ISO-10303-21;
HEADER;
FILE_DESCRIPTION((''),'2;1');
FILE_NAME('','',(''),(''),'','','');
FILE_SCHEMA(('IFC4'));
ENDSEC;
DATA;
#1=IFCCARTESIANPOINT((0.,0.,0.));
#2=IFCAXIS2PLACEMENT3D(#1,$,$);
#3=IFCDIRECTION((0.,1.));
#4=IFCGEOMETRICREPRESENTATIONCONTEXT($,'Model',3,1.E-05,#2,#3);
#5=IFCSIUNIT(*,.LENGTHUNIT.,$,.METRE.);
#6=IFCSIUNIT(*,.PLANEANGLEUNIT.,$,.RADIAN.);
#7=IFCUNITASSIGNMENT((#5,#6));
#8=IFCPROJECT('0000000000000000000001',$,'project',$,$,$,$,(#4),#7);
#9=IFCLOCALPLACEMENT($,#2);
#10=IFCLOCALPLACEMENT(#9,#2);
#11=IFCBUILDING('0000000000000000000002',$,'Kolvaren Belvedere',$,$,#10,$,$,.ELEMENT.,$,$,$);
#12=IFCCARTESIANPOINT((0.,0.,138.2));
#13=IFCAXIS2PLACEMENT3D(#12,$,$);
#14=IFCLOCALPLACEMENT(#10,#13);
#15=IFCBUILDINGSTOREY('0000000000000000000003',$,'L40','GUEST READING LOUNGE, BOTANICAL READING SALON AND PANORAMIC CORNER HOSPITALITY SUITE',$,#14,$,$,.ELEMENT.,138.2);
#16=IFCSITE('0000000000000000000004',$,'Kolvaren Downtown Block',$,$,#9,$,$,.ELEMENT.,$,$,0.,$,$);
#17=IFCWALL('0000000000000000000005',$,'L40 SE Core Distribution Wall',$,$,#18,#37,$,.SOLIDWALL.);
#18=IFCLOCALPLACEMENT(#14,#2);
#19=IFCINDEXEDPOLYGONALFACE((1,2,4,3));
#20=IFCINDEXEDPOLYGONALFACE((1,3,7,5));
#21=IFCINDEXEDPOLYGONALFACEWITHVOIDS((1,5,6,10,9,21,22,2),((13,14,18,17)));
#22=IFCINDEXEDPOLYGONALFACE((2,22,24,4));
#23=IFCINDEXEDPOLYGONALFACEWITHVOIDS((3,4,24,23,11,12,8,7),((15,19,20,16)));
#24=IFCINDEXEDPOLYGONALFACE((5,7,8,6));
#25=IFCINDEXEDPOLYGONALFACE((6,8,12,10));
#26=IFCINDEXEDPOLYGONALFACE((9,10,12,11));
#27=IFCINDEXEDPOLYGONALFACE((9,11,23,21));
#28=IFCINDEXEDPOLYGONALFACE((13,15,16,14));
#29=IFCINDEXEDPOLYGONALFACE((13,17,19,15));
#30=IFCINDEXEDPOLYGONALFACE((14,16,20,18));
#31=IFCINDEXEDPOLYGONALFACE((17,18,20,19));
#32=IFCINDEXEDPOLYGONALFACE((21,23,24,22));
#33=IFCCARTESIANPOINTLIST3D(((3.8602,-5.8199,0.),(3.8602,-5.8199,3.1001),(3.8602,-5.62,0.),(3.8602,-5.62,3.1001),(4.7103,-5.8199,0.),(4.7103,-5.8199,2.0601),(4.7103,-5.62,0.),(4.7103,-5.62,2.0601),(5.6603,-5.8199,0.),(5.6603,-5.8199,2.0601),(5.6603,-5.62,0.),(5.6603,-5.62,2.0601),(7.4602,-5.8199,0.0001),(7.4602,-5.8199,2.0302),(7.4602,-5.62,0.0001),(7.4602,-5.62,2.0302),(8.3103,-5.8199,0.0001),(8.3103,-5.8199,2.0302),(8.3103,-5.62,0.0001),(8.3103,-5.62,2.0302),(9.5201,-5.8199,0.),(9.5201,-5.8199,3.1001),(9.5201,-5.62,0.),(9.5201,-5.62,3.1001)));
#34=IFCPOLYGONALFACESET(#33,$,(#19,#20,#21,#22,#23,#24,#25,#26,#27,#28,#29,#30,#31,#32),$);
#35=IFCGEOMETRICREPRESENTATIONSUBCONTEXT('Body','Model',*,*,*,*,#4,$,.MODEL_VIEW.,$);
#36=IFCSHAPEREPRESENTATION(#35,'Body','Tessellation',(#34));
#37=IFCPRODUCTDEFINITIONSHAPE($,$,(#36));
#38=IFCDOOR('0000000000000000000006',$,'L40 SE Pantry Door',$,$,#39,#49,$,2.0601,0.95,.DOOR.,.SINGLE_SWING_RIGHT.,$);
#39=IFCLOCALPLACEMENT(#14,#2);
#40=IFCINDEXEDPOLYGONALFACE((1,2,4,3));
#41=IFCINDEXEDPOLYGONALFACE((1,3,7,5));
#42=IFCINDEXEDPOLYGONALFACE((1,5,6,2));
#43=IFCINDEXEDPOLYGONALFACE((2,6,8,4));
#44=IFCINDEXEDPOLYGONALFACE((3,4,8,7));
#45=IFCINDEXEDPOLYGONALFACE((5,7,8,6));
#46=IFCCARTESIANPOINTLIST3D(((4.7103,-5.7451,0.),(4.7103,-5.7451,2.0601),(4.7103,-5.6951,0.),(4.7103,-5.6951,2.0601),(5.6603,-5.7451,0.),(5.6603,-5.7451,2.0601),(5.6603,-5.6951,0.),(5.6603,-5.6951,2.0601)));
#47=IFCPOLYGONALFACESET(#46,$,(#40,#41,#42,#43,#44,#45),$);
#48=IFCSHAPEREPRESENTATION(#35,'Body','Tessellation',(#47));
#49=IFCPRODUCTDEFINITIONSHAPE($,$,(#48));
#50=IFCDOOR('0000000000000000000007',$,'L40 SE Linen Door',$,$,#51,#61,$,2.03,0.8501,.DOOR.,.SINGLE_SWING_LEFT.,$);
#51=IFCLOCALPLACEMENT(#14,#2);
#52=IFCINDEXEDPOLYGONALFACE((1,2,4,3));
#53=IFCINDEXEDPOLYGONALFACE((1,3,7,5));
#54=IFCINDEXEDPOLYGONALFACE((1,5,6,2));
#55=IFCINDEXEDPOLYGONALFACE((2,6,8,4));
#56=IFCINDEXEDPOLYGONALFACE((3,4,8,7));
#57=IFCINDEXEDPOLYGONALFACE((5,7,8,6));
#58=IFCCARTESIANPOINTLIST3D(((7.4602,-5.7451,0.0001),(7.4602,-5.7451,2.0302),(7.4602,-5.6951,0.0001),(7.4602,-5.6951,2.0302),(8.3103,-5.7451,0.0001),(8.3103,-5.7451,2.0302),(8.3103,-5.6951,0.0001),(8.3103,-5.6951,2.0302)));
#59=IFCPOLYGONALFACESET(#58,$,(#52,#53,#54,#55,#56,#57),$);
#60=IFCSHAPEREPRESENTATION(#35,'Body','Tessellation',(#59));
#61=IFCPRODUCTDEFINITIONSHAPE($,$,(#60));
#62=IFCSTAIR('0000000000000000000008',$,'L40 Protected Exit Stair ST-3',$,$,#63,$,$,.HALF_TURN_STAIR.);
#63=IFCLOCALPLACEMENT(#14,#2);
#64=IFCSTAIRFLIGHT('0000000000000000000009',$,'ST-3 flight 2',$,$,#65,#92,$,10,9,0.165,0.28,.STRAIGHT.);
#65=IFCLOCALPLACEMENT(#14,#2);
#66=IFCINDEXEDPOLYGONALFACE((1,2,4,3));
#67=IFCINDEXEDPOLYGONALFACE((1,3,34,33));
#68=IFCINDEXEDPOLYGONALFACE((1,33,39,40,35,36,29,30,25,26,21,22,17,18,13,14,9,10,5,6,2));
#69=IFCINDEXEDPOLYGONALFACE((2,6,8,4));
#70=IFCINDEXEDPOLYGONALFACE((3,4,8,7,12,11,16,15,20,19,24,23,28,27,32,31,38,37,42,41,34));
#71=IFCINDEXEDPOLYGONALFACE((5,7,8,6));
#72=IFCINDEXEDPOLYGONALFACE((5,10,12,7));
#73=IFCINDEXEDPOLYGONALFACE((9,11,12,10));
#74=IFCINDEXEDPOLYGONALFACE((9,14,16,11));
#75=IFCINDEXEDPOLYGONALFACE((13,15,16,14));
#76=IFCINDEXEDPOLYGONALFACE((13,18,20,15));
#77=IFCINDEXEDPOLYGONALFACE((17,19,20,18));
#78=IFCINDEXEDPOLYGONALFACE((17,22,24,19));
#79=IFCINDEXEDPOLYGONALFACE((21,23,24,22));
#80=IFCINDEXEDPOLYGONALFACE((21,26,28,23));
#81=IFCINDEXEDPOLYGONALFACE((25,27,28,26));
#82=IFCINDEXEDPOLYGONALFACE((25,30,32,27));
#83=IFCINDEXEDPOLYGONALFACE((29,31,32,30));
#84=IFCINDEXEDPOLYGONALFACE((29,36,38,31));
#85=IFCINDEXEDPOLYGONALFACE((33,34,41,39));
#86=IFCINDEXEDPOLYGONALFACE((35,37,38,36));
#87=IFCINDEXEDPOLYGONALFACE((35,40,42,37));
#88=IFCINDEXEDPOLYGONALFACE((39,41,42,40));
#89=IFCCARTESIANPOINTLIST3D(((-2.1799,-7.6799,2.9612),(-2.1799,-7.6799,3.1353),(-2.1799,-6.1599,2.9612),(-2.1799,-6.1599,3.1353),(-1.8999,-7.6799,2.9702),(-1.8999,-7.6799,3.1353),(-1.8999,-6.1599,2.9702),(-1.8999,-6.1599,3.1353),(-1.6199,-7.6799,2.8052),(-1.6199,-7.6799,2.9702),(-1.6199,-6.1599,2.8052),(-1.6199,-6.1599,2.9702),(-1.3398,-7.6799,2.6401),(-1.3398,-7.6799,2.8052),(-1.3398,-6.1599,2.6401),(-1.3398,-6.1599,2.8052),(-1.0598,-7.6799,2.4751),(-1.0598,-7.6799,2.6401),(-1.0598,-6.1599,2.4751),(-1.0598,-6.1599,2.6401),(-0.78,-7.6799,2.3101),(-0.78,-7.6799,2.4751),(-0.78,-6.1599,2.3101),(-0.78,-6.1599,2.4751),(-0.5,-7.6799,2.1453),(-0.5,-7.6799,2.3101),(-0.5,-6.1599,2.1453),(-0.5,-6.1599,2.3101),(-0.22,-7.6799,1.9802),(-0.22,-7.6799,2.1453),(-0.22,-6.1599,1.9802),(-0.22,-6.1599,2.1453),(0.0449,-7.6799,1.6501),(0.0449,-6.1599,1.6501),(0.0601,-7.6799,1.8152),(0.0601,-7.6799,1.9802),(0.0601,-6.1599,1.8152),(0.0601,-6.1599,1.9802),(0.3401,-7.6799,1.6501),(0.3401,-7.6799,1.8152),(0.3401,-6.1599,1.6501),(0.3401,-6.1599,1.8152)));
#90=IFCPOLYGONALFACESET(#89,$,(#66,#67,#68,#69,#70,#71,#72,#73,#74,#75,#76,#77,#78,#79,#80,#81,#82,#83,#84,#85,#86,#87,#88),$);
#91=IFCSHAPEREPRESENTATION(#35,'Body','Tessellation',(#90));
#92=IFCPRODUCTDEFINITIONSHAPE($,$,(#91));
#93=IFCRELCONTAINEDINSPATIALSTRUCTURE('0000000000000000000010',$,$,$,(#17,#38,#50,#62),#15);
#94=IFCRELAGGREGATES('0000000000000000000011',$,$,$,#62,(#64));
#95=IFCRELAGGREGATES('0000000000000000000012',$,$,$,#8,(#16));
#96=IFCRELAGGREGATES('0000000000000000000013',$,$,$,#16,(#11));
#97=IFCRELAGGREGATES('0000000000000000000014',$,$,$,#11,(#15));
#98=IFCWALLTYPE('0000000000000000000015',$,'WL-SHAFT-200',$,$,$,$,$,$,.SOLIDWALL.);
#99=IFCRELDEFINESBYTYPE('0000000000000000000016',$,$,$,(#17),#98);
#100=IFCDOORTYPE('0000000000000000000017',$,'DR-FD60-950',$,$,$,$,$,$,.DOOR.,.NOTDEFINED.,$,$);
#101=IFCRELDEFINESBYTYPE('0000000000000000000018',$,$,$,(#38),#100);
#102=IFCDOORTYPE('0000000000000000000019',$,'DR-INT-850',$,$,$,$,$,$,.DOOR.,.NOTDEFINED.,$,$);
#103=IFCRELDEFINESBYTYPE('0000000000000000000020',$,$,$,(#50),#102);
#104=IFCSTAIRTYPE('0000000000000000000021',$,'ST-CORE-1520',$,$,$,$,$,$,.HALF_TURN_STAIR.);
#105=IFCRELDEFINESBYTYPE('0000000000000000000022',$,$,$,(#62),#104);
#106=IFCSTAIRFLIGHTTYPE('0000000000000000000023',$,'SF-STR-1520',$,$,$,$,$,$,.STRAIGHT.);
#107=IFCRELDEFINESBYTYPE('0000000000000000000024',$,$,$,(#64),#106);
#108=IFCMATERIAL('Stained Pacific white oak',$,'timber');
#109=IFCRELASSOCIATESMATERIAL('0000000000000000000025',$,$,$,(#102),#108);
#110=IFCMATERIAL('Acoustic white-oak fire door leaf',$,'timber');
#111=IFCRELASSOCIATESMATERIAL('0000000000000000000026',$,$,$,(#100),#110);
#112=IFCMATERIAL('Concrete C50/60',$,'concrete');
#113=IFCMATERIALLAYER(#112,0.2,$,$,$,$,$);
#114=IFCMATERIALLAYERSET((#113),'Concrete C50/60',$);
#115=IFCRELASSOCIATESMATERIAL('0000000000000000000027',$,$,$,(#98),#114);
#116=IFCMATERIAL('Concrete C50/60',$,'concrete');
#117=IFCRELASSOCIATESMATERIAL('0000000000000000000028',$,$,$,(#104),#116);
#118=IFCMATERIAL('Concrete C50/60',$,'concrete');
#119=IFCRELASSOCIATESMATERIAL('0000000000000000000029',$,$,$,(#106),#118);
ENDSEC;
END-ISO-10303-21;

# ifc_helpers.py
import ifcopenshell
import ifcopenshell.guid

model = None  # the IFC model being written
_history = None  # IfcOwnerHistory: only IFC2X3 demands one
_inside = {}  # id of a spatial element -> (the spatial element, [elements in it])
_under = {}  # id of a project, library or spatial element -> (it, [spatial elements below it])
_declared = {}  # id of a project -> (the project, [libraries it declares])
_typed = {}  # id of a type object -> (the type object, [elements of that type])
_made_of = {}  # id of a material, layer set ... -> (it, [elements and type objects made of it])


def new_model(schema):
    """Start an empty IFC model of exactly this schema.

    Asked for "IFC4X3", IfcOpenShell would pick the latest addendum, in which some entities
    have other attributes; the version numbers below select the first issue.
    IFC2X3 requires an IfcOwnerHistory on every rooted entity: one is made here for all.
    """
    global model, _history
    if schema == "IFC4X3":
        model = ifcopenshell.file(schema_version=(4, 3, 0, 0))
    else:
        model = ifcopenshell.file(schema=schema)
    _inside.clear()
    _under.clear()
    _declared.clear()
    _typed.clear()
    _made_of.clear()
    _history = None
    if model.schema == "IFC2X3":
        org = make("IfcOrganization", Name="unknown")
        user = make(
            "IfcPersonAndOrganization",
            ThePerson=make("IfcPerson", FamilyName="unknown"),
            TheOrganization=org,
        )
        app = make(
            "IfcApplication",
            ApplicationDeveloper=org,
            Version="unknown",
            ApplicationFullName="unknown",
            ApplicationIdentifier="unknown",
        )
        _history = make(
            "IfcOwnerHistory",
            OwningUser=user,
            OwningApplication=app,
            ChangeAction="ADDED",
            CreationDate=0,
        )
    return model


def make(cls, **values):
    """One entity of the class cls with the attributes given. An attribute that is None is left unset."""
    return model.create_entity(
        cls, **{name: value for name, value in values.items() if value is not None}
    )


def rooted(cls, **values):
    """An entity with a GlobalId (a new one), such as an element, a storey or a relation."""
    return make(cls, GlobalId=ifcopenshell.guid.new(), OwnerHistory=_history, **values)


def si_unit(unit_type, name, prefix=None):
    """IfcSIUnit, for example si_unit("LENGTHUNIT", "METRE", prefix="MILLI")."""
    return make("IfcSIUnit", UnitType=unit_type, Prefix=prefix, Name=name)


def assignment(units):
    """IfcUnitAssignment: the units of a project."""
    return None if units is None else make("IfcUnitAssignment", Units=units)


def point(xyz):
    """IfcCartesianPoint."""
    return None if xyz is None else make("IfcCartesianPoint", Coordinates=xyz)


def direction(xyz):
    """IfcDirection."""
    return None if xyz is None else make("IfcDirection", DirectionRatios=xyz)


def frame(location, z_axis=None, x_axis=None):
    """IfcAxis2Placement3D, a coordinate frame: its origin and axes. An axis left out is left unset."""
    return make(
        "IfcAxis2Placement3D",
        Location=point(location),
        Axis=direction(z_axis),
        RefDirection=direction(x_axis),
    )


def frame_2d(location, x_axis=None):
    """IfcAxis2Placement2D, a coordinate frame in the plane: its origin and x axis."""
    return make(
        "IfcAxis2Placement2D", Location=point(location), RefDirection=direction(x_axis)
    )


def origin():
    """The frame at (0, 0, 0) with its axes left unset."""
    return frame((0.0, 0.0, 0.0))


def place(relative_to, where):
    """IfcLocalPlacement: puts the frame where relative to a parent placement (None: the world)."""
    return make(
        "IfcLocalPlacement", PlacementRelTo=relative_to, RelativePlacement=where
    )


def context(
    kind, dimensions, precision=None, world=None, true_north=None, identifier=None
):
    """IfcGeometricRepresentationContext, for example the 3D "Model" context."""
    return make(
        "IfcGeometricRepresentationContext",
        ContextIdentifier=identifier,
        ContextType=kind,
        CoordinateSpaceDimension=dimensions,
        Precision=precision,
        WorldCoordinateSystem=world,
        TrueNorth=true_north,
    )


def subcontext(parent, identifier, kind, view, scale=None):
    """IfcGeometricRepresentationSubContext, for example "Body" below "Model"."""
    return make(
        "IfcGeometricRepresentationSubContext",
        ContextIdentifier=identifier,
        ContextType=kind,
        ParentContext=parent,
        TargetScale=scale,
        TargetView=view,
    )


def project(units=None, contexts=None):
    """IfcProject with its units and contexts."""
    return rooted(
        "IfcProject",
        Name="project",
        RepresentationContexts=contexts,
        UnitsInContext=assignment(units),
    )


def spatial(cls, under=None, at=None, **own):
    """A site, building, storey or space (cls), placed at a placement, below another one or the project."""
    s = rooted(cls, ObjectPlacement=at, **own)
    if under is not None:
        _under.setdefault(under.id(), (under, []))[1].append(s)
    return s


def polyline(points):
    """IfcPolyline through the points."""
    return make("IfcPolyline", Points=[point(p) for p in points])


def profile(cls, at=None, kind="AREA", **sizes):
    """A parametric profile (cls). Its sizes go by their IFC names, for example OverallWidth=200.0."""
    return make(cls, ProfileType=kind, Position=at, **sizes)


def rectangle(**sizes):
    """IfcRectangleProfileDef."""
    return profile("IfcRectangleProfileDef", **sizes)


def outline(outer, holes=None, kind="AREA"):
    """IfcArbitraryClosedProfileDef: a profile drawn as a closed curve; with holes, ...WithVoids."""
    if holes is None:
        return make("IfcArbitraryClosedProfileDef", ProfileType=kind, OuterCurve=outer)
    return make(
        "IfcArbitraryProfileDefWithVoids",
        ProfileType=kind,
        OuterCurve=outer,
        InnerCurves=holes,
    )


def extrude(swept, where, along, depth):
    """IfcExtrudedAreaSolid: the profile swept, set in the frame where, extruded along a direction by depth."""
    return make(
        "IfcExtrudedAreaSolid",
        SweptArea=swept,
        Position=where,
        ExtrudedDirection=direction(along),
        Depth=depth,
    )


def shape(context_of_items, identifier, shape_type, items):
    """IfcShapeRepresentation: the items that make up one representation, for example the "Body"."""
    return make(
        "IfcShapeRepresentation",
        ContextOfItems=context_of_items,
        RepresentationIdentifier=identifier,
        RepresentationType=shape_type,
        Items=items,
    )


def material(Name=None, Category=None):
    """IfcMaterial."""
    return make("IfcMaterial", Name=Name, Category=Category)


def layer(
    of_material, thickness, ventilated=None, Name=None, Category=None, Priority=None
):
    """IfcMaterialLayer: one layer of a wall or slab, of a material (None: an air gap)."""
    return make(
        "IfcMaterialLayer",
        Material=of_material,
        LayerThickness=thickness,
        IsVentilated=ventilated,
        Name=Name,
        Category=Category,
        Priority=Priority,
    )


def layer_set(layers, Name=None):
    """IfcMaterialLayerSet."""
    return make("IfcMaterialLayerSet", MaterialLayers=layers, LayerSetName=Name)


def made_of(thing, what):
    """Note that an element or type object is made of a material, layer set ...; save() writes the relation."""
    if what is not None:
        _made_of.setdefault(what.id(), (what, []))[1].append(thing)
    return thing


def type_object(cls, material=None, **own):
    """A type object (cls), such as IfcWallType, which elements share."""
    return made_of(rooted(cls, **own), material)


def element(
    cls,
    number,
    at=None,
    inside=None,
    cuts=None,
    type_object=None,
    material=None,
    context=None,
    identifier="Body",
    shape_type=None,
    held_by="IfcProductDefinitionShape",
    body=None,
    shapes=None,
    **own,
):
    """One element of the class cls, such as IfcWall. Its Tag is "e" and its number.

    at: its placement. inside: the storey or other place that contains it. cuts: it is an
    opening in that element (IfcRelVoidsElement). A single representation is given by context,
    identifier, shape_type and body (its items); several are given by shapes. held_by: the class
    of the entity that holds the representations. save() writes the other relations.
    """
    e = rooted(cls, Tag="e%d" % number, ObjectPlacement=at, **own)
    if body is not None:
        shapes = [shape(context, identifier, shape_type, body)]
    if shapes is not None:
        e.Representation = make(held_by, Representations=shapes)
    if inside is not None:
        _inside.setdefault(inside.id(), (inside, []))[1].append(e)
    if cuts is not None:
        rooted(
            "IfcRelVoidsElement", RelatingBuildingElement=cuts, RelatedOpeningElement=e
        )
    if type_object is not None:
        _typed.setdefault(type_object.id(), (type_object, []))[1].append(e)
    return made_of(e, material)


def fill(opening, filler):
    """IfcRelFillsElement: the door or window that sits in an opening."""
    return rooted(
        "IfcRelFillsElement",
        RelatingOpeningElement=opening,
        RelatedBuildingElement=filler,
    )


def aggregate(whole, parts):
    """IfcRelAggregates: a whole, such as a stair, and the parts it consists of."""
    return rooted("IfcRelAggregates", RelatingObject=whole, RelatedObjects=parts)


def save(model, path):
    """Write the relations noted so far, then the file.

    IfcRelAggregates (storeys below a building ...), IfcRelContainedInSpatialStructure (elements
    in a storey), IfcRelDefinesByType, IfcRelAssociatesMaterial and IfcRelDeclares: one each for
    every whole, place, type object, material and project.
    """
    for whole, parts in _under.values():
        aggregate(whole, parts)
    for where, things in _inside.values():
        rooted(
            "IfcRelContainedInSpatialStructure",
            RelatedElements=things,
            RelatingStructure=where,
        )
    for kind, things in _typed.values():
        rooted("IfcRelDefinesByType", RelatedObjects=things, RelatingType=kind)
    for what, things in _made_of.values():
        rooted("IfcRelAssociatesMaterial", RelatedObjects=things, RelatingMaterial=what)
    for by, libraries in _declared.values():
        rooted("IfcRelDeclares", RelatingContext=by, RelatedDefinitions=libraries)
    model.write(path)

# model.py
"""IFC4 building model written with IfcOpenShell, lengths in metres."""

from ifc_helpers import new_model, si_unit, direction, frame, frame_2d, origin, place, context, subcontext, project, spatial, polyline, rectangle, outline, extrude, material, layer, layer_set, type_object, element, fill, aggregate, save


model = new_model("IFC4")

# Units and contexts
model_context = context("Model", 3, precision=1e-05, world=origin(), true_north=direction((0.0, 1.0)))
body_context = subcontext(model_context, "Body", "Model", "MODEL_VIEW")
ifc_project = project(units=[si_unit("LENGTHUNIT", "METRE"), si_unit("PLANEANGLEUNIT", "RADIAN")], contexts=[model_context])

# Site, building, storey
site_placement = place(None, origin())
site = spatial("IfcSite", under=ifc_project, at=site_placement, Name="Kolvaren Downtown Block", CompositionType="ELEMENT", RefElevation=0.0)
building_placement = place(site_placement, origin())
building = spatial("IfcBuilding", under=site, at=building_placement, Name="Kolvaren Belvedere", CompositionType="ELEMENT")
storey_placement = place(building_placement, frame((0.0, 0.0, 138.2)))
storey = spatial("IfcBuildingStorey", under=building, at=storey_placement, Name="L40", Description="GUEST READING LOUNGE, BOTANICAL READING SALON AND PANORAMIC CORNER HOSPITALITY SUITE", CompositionType="ELEMENT", Elevation=138.2)

# Shared definitions
ifc_material_1 = material(Name="Stained Pacific white oak", Category="timber")
door_type_1 = type_object("IfcDoorType", Name="DR-INT-850", OperationType="NOTDEFINED", PredefinedType="DOOR", material=ifc_material_1)
ifc_material_2 = material(Name="Acoustic white-oak fire door leaf", Category="timber")
door_type_2 = type_object("IfcDoorType", Name="DR-FD60-950", OperationType="NOTDEFINED", PredefinedType="DOOR", material=ifc_material_2)
ifc_material_3 = material(Name="Concrete C50/60", Category="concrete")
ifc_layer_1 = layer(ifc_material_3, 0.2)
ifc_layer_set_1 = layer_set([ifc_layer_1], Name="Concrete C50/60")
wall_type_1 = type_object("IfcWallType", Name="WL-SHAFT-200", PredefinedType="SOLIDWALL", material=ifc_layer_set_1)

# Wall, openings, doors
wall_1_placement = place(storey_placement, frame((3.8601, -5.72, 0.0), z_axis=(0.0, 0.0, 1.0), x_axis=(1.0, 0.0, 0.0)))
wall_1 = element("IfcWall", 1, at=wall_1_placement, inside=storey, type_object=wall_type_1, Name="L40 SE Core Distribution Wall", PredefinedType="SOLIDWALL", context=body_context, shape_type="SweptSolid", body=[
    extrude(rectangle(XDim=5.6599, YDim=0.2, at=frame_2d((2.8301, 0.0))), origin(), (0.0, 0.0, 1.0), 3.1001),
])
opening_1_placement = place(wall_1_placement, frame((0.8501, 0.0, 0.0)))
opening_1 = element("IfcOpeningElement", 2, at=opening_1_placement, cuts=wall_1, PredefinedType="OPENING", context=body_context, shape_type="SweptSolid", body=[
    extrude(rectangle(XDim=0.95, YDim=2.0601, at=frame_2d((0.4751, 1.03))), frame((0.0, 0.1099, 0.0), z_axis=(0.0, -1.0, 0.0), x_axis=(1.0, 0.0, 0.0)), (0.0, 0.0, 1.0), 0.22),
])
opening_2_placement = place(wall_1_placement, frame((3.6001, 0.0, 0.0)))
opening_2 = element("IfcOpeningElement", 3, at=opening_2_placement, cuts=wall_1, PredefinedType="OPENING", context=body_context, shape_type="SweptSolid", body=[
    extrude(rectangle(XDim=0.8501, YDim=2.03, at=frame_2d((0.425, 1.0151))), frame((0.0, 0.1099, 0.0), z_axis=(0.0, -1.0, 0.0), x_axis=(1.0, 0.0, 0.0)), (0.0, 0.0, 1.0), 0.22),
])
door_1_placement = place(opening_1_placement, origin())
door_1 = element("IfcDoor", 4, at=door_1_placement, inside=storey, type_object=door_type_2, Name="L40 SE Pantry Door", OperationType="SINGLE_SWING_RIGHT", OverallHeight=2.0601, OverallWidth=0.95, PredefinedType="DOOR", context=body_context, shape_type="SweptSolid", body=[
    extrude(rectangle(XDim=0.95, YDim=2.0601, at=frame_2d((0.4751, 1.03))), frame((0.0, 0.0249, 0.0), z_axis=(0.0, -1.0, 0.0), x_axis=(1.0, 0.0, 0.0)), (0.0, 0.0, 1.0), 0.05),
])
fill(opening_1, door_1)
door_2_placement = place(opening_2_placement, origin())
door_2 = element("IfcDoor", 5, at=door_2_placement, inside=storey, type_object=door_type_1, Name="L40 SE Linen Door", OperationType="SINGLE_SWING_LEFT", OverallHeight=2.03, OverallWidth=0.8501, PredefinedType="DOOR", context=body_context, shape_type="SweptSolid", body=[
    extrude(rectangle(XDim=0.8501, YDim=2.03, at=frame_2d((0.425, 1.0151))), frame((0.0, 0.0249, 0.0), z_axis=(0.0, -1.0, 0.0), x_axis=(1.0, 0.0, 0.0)), (0.0, 0.0, 1.0), 0.05),
])
fill(opening_2, door_2)

# Stair, stair flight
ifc_material_4 = material(Name="Concrete C50/60", Category="concrete")
stair_type = type_object("IfcStairType", Name="ST-CORE-1520", PredefinedType="HALF_TURN_STAIR", material=ifc_material_4)
stair_placement = place(storey_placement, origin())
stair = element("IfcStair", 6, at=stair_placement, inside=storey, type_object=stair_type, Name="L40 Protected Exit Stair ST-3", PredefinedType="HALF_TURN_STAIR")
ifc_material_5 = material(Name="Concrete C50/60", Category="concrete")
stair_flight_type = type_object("IfcStairFlightType", Name="SF-STR-1520", PredefinedType="STRAIGHT", material=ifc_material_5)
stair_flight_placement = place(storey_placement, frame((0.3401, -6.9199, 1.6501), z_axis=(0.0, 0.0, 1.0), x_axis=(-1.0, 0.0, 0.0)))
stair_flight = element("IfcStairFlight", 7, at=stair_flight_placement, type_object=stair_flight_type, Name="ST-3 flight 2", NumberOfRisers=10, NumberOfTreads=9, PredefinedType="STRAIGHT", RiserHeight=0.165, TreadLength=0.28, context=body_context, shape_type="SweptSolid", body=[
    extrude(outline(polyline([(0.0, 0.0), (0.0, 0.165), (0.28, 0.165), (0.28, 0.3301), (0.5601, 0.3301), (0.5601, 0.4951), (0.8401, 0.4951), (0.8401, 0.6599), (1.1201, 0.6599), (1.1201, 0.825), (1.3999, 0.825), (1.3999, 0.99), (1.6799, 0.99), (1.6799, 1.155), (1.96, 1.155), (1.96, 1.3201), (2.24, 1.3201), (2.24, 1.4851), (2.52, 1.4851), (2.52, 1.6499), (2.52, 1.311), (0.2952, 0.0), (0.0, 0.0)])), frame((0.0, 0.76, 0.0), z_axis=(0.0, -1.0, 0.0), x_axis=(1.0, 0.0, 0.0)), (0.0, 0.0, 1.0), 1.52),
])
aggregate(stair, [stair_flight])

save(model, "model.ifc")
